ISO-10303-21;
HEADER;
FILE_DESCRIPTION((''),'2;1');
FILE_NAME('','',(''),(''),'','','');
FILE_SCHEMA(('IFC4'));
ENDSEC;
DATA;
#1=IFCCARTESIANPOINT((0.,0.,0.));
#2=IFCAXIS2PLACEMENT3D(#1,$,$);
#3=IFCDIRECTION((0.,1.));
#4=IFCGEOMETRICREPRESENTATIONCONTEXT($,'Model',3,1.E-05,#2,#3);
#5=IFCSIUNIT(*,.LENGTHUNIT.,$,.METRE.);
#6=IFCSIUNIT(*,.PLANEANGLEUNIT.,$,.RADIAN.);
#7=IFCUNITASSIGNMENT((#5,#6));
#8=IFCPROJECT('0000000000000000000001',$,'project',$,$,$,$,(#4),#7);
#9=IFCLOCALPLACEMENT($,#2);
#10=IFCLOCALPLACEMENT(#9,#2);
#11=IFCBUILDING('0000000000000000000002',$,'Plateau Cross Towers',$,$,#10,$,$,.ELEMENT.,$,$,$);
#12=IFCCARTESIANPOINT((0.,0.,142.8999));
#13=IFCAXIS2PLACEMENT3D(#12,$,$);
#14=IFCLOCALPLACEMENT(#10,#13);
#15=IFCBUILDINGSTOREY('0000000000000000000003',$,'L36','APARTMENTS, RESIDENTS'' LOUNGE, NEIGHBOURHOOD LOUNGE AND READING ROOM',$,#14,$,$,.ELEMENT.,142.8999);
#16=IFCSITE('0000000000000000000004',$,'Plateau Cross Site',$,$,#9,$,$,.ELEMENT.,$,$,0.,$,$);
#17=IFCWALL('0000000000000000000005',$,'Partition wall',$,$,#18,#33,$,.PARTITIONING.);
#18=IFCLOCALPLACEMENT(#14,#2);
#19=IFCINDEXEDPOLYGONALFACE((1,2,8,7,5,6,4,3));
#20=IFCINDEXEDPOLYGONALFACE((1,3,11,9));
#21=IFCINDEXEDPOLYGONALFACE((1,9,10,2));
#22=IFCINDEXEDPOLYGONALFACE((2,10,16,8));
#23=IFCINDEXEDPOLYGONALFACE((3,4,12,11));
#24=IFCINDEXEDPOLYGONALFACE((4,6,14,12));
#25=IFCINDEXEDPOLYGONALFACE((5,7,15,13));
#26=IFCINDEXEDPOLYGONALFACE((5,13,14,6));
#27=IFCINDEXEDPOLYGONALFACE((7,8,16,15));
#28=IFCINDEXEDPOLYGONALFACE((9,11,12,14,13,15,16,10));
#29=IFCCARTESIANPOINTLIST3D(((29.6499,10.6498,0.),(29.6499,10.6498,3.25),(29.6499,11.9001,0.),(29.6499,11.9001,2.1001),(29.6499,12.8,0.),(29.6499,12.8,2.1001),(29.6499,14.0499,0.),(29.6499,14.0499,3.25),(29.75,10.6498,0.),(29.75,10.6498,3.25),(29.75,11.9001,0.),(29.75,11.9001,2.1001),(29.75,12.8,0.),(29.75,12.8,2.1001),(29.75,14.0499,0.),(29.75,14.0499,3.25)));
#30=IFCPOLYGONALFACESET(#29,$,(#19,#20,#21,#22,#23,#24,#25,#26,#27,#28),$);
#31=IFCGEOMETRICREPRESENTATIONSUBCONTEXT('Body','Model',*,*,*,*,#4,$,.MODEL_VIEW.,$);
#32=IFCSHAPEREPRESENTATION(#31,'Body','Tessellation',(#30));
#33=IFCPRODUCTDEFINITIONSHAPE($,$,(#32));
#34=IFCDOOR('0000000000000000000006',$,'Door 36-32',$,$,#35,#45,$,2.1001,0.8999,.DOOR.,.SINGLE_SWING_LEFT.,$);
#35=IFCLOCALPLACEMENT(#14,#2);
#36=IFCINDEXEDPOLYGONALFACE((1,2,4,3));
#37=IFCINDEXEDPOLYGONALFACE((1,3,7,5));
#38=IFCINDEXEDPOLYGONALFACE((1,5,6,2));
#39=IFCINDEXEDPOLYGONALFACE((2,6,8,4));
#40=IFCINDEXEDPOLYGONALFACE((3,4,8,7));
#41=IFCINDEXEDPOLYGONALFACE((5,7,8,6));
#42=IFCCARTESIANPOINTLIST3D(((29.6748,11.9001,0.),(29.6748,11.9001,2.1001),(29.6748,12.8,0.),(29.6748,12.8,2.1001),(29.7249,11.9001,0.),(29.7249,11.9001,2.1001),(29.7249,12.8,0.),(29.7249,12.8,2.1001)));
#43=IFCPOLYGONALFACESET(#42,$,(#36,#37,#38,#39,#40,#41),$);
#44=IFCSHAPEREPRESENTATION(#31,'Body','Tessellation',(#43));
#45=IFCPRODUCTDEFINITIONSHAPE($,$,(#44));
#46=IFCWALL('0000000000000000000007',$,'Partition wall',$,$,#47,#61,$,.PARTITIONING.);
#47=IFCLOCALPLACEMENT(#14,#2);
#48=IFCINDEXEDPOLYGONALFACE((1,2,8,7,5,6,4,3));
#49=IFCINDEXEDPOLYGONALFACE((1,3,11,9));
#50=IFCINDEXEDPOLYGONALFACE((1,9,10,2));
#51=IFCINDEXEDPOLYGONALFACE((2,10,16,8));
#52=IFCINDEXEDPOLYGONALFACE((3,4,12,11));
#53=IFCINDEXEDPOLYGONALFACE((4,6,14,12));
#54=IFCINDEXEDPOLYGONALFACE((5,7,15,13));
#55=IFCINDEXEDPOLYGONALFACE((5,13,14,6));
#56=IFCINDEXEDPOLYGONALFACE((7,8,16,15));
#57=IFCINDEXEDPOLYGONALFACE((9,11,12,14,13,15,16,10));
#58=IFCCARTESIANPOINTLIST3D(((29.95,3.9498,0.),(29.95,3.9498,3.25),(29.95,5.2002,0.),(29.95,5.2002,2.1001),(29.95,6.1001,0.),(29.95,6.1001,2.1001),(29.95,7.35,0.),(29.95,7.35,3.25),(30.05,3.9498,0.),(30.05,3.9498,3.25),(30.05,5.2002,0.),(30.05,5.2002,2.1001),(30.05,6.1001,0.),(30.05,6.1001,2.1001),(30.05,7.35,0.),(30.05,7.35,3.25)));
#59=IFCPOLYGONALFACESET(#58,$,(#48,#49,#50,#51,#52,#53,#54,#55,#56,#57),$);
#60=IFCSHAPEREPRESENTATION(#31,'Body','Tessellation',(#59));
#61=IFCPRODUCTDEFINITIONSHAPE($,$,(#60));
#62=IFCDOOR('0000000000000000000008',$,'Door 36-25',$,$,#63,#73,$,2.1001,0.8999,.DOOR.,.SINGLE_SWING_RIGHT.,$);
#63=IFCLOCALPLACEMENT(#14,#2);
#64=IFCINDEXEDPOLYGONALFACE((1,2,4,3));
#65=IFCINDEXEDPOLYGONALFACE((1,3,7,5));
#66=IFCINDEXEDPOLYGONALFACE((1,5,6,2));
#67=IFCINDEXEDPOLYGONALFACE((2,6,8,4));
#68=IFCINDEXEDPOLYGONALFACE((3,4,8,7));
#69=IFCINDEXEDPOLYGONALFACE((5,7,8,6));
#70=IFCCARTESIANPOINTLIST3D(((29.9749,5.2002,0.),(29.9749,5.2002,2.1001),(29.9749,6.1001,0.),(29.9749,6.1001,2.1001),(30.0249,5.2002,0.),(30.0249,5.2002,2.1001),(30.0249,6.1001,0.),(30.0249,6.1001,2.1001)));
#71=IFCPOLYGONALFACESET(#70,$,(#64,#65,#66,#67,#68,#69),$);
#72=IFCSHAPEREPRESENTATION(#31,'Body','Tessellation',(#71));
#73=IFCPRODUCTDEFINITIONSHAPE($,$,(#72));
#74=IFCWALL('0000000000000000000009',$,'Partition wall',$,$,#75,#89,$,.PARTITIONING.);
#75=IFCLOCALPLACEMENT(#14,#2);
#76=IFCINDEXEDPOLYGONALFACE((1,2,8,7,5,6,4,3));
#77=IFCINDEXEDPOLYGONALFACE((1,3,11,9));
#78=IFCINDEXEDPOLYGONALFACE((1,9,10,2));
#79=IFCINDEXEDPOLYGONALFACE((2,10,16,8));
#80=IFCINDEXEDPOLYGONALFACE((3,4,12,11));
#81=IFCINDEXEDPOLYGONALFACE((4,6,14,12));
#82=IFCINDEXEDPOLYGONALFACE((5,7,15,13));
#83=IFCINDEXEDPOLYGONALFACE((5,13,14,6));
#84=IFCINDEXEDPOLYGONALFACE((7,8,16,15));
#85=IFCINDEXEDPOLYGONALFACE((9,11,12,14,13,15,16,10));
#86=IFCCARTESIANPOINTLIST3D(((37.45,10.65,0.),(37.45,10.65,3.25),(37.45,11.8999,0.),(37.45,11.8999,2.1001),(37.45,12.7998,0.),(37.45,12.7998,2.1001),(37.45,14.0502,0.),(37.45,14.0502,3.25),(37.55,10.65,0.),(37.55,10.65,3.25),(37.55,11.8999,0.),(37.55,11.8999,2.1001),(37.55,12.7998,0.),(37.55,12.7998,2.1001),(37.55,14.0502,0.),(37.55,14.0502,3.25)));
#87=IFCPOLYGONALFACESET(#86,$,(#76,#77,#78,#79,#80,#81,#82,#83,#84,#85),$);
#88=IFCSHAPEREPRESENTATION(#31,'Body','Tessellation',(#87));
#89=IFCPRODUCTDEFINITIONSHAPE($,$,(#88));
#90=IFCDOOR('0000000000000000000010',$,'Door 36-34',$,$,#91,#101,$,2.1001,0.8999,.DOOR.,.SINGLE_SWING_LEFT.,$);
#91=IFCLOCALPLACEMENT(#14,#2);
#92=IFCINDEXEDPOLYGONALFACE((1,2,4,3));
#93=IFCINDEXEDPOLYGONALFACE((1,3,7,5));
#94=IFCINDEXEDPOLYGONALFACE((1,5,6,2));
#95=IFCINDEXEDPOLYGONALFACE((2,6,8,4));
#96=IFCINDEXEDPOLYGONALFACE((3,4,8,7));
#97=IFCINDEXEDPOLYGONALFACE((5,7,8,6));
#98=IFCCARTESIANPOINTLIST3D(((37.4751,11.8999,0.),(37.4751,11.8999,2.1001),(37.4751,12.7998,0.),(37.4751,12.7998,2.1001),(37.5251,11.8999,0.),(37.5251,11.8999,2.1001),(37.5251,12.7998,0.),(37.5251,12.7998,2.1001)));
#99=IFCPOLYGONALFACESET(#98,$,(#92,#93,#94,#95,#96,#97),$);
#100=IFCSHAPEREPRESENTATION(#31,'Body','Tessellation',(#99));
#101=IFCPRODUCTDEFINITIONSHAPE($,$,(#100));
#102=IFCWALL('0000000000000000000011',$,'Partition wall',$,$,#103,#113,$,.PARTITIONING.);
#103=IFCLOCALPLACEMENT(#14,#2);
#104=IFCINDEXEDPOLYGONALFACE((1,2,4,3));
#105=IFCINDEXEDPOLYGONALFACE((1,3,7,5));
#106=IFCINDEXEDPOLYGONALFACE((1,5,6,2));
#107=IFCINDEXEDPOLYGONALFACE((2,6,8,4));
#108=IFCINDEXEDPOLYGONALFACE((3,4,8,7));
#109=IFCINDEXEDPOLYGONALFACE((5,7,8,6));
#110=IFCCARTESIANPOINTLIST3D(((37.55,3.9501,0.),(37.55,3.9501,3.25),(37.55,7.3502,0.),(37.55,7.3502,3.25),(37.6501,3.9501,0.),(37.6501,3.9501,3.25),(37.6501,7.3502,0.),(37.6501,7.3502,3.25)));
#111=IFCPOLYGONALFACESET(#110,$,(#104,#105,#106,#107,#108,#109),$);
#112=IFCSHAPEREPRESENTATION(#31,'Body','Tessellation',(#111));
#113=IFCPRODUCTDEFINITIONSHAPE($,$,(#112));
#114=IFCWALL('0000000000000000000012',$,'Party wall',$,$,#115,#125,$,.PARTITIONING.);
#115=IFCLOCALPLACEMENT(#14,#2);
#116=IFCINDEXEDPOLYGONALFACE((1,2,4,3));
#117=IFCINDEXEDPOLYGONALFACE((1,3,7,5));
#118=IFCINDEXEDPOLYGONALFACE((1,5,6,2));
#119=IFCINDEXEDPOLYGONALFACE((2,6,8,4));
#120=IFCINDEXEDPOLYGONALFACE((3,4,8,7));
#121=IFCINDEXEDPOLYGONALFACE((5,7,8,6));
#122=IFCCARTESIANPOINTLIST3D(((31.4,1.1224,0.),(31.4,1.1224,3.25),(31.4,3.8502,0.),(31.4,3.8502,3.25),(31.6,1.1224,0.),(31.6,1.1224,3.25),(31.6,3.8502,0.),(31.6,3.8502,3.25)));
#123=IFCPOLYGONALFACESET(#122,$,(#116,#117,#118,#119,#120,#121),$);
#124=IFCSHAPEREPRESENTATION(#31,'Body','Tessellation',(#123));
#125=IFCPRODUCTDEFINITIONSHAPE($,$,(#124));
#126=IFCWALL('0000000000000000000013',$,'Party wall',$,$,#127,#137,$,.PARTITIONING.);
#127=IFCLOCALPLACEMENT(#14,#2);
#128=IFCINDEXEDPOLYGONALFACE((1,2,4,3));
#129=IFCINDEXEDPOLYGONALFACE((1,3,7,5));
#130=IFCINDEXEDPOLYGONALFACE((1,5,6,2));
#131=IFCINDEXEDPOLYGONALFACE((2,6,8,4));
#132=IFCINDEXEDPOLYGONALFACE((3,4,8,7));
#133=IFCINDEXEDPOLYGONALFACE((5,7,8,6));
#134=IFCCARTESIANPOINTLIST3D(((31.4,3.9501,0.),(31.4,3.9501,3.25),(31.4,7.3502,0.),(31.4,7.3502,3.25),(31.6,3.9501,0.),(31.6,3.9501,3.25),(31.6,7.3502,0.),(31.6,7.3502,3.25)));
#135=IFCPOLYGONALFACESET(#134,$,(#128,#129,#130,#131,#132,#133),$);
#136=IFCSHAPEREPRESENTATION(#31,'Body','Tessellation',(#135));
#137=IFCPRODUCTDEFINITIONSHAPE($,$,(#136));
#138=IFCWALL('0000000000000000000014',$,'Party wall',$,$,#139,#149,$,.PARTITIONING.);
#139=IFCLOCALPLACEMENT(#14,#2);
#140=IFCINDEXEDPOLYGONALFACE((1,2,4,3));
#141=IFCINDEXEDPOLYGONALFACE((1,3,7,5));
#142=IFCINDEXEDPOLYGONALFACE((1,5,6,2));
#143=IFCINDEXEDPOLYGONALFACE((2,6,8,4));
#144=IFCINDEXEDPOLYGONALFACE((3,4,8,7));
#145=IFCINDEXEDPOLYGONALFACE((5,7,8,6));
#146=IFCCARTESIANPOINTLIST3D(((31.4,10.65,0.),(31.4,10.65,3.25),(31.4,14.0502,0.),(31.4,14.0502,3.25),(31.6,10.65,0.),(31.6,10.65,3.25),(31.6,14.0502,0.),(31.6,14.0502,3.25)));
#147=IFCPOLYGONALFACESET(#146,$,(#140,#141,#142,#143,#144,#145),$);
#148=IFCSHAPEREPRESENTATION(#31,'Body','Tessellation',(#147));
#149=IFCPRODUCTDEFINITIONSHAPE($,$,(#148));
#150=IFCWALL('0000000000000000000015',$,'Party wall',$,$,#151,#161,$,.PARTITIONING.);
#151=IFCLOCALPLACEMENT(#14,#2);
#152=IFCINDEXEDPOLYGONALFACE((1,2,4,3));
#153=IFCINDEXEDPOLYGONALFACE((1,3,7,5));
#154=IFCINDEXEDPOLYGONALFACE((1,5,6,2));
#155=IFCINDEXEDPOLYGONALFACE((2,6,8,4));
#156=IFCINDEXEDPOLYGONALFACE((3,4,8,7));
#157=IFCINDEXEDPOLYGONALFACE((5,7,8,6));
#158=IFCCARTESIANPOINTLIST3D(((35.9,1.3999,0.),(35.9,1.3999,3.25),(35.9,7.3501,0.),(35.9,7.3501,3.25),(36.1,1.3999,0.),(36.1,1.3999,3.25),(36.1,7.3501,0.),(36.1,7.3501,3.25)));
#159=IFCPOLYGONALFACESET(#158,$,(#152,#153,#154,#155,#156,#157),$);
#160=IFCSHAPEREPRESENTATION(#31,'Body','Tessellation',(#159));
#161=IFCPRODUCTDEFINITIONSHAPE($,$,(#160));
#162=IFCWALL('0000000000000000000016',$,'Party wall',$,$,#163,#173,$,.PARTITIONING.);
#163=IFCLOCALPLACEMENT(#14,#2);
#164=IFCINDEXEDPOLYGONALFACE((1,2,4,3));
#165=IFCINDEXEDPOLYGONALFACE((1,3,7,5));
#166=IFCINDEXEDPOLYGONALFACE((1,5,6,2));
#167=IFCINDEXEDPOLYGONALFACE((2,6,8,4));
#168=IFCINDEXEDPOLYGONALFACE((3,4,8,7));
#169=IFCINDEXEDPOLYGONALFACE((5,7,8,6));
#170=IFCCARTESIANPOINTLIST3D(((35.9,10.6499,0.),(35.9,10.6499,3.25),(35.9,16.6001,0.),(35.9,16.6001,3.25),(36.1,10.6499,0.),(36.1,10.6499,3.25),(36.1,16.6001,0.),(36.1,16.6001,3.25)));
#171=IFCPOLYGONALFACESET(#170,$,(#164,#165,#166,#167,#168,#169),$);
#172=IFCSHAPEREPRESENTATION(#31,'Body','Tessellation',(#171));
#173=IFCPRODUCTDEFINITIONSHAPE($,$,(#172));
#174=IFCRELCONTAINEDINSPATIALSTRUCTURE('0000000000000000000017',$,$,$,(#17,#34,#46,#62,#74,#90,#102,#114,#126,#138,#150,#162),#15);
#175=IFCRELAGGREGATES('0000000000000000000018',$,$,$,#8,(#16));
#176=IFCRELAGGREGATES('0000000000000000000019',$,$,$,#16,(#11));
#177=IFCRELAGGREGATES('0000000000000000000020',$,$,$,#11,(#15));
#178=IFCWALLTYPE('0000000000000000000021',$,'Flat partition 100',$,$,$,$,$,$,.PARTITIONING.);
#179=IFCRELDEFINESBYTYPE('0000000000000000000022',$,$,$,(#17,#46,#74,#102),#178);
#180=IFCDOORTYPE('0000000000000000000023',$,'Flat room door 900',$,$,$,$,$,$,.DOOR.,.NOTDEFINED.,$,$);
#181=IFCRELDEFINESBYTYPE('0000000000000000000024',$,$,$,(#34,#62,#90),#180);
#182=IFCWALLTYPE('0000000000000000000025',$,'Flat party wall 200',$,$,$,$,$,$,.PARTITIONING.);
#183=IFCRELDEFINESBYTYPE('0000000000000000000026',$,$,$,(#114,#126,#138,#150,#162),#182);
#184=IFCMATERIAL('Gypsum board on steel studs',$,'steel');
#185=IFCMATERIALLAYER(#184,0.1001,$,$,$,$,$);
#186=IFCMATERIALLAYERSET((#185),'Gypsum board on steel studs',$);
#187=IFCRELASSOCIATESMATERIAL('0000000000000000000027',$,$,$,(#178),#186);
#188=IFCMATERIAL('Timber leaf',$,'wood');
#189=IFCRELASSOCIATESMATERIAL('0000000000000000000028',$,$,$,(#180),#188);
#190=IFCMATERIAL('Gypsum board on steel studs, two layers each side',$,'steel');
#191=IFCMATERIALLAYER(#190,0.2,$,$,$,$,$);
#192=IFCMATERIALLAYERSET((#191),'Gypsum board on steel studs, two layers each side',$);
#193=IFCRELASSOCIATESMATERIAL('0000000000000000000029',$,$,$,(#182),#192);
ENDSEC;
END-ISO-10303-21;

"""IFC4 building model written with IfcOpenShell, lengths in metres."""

from ifc_helpers import new_model, si_unit, direction, frame, frame_2d, origin, place, context, subcontext, project, spatial, rectangle, extrude, material, layer, layer_set, type_object, element, fill, save


model = new_model("IFC4")

# Units and contexts
model_context = context("Model", 3, precision=1e-05, world=origin(), true_north=direction((0.0, 1.0)))
body_context = subcontext(model_context, "Body", "Model", "MODEL_VIEW")
ifc_project = project(units=[si_unit("LENGTHUNIT", "METRE"), si_unit("PLANEANGLEUNIT", "RADIAN")], contexts=[model_context])

# Site, building, storey
site_placement = place(None, origin())
site = spatial("IfcSite", under=ifc_project, at=site_placement, Name="Plateau Cross Site", CompositionType="ELEMENT", RefElevation=0.0)
building_placement = place(site_placement, origin())
building = spatial("IfcBuilding", under=site, at=building_placement, Name="Plateau Cross Towers", CompositionType="ELEMENT")
storey_placement = place(building_placement, frame((0.0, 0.0, 142.8999)))
storey = spatial("IfcBuildingStorey", under=building, at=storey_placement, Name="L36", Description="APARTMENTS, RESIDENTS' LOUNGE, NEIGHBOURHOOD LOUNGE AND READING ROOM", CompositionType="ELEMENT", Elevation=142.8999)

# Shared definitions
ifc_material_1 = material(Name="Gypsum board on steel studs", Category="steel")
ifc_layer_1 = layer(ifc_material_1, 0.1001)
ifc_layer_set_1 = layer_set([ifc_layer_1], Name="Gypsum board on steel studs")
wall_type_1 = type_object("IfcWallType", Name="Flat partition 100", PredefinedType="PARTITIONING", material=ifc_layer_set_1)

# Shared definitions
ifc_material_2 = material(Name="Timber leaf", Category="wood")
door_type_1 = type_object("IfcDoorType", Name="Flat room door 900", OperationType="NOTDEFINED", PredefinedType="DOOR", material=ifc_material_2)

# Walls, openings, doors
wall_1_placement = place(storey_placement, frame((29.7, 14.05, 0.0), z_axis=(0.0, 0.0, 1.0), x_axis=(0.0, -1.0, 0.0)))
wall_1 = element("IfcWall", 1, at=wall_1_placement, inside=storey, type_object=wall_type_1, Name="Partition wall", PredefinedType="PARTITIONING", context=body_context, shape_type="SweptSolid", body=[
    extrude(rectangle(XDim=3.4001, YDim=0.1001, at=frame_2d((1.7002, 0.0))), origin(), (0.0, 0.0, 1.0), 3.25),
])
opening_1_placement = place(wall_1_placement, frame((1.25, 0.0, 0.0)))
opening_1 = element("IfcOpeningElement", 2, at=opening_1_placement, cuts=wall_1, PredefinedType="OPENING", context=body_context, shape_type="SweptSolid", body=[
    extrude(rectangle(XDim=0.8999, YDim=2.1001, at=frame_2d((0.45, 1.05))), frame((0.0, 0.0601, 0.0), z_axis=(0.0, -1.0, 0.0), x_axis=(1.0, 0.0, 0.0)), (0.0, 0.0, 1.0), 0.1201),
])
door_1_placement = place(opening_1_placement, origin())
door_1 = element("IfcDoor", 3, at=door_1_placement, inside=storey, type_object=door_type_1, Name="Door 36-32", OperationType="SINGLE_SWING_LEFT", OverallHeight=2.1001, OverallWidth=0.8999, PredefinedType="DOOR", context=body_context, shape_type="SweptSolid", body=[
    extrude(rectangle(XDim=0.8999, YDim=2.1001, at=frame_2d((0.45, 1.05))), frame((0.0, 0.0249, 0.0), z_axis=(0.0, -1.0, 0.0), x_axis=(1.0, 0.0, 0.0)), (0.0, 0.0, 1.0), 0.05),
])
fill(opening_1, door_1)
wall_2_placement = place(storey_placement, frame((30.0, 7.3501, 0.0), z_axis=(0.0, 0.0, 1.0), x_axis=(0.0, -1.0, 0.0)))
wall_2 = element("IfcWall", 4, at=wall_2_placement, inside=storey, type_object=wall_type_1, Name="Partition wall", PredefinedType="PARTITIONING", context=body_context, shape_type="SweptSolid", body=[
    extrude(rectangle(XDim=3.4001, YDim=0.1001, at=frame_2d((1.7002, 0.0))), origin(), (0.0, 0.0, 1.0), 3.25),
])
opening_2_placement = place(wall_2_placement, frame((1.25, 0.0, 0.0)))
opening_2 = element("IfcOpeningElement", 5, at=opening_2_placement, cuts=wall_2, PredefinedType="OPENING", context=body_context, shape_type="SweptSolid", body=[
    extrude(rectangle(XDim=0.8999, YDim=2.1001, at=frame_2d((0.45, 1.05))), frame((0.0, 0.0601, 0.0), z_axis=(0.0, -1.0, 0.0), x_axis=(1.0, 0.0, 0.0)), (0.0, 0.0, 1.0), 0.1201),
])
door_2_placement = place(opening_2_placement, origin())
door_2 = element("IfcDoor", 6, at=door_2_placement, inside=storey, type_object=door_type_1, Name="Door 36-25", OperationType="SINGLE_SWING_RIGHT", OverallHeight=2.1001, OverallWidth=0.8999, PredefinedType="DOOR", context=body_context, shape_type="SweptSolid", body=[
    extrude(rectangle(XDim=0.8999, YDim=2.1001, at=frame_2d((0.45, 1.05))), frame((0.0, 0.0249, 0.0), z_axis=(0.0, -1.0, 0.0), x_axis=(1.0, 0.0, 0.0)), (0.0, 0.0, 1.0), 0.05),
])
fill(opening_2, door_2)
wall_3_placement = place(storey_placement, frame((37.5, 10.6499, 0.0), z_axis=(0.0, 0.0, 1.0), x_axis=(0.0, 1.0, 0.0)))
wall_3 = element("IfcWall", 7, at=wall_3_placement, inside=storey, type_object=wall_type_1, Name="Partition wall", PredefinedType="PARTITIONING", context=body_context, shape_type="SweptSolid", body=[
    extrude(rectangle(XDim=3.4001, YDim=0.1001, at=frame_2d((1.7002, 0.0))), origin(), (0.0, 0.0, 1.0), 3.25),
])
opening_3_placement = place(wall_3_placement, frame((1.25, 0.0, 0.0)))
opening_3 = element("IfcOpeningElement", 8, at=opening_3_placement, cuts=wall_3, PredefinedType="OPENING", context=body_context, shape_type="SweptSolid", body=[
    extrude(rectangle(XDim=0.8999, YDim=2.1001, at=frame_2d((0.45, 1.05))), frame((0.0, 0.0601, 0.0), z_axis=(0.0, -1.0, 0.0), x_axis=(1.0, 0.0, 0.0)), (0.0, 0.0, 1.0), 0.1201),
])
door_3_placement = place(opening_3_placement, origin())
door_3 = element("IfcDoor", 9, at=door_3_placement, inside=storey, type_object=door_type_1, Name="Door 36-34", OperationType="SINGLE_SWING_LEFT", OverallHeight=2.1001, OverallWidth=0.8999, PredefinedType="DOOR", context=body_context, shape_type="SweptSolid", body=[
    extrude(rectangle(XDim=0.8999, YDim=2.1001, at=frame_2d((0.45, 1.05))), frame((0.0, 0.0249, 0.0), z_axis=(0.0, -1.0, 0.0), x_axis=(1.0, 0.0, 0.0)), (0.0, 0.0, 1.0), 0.05),
])
fill(opening_3, door_3)

# Walls
wall_4_placement = place(storey_placement, frame((37.6001, 3.95, 0.0), z_axis=(0.0, 0.0, 1.0), x_axis=(0.0, 1.0, 0.0)))
element("IfcWall", 10, at=wall_4_placement, inside=storey, type_object=wall_type_1, Name="Partition wall", PredefinedType="PARTITIONING", context=body_context, shape_type="SweptSolid", body=[
    extrude(rectangle(XDim=3.4001, YDim=0.1001, at=frame_2d((1.7002, 0.0))), origin(), (0.0, 0.0, 1.0), 3.25),
])
ifc_material_3 = material(Name="Gypsum board on steel studs, two layers each side", Category="steel")
ifc_layer_2 = layer(ifc_material_3, 0.2)
ifc_layer_set_2 = layer_set([ifc_layer_2], Name="Gypsum board on steel studs, two layers each side")
wall_type_2 = type_object("IfcWallType", Name="Flat party wall 200", PredefinedType="PARTITIONING", material=ifc_layer_set_2)
wall_5_placement = place(storey_placement, frame((31.5, 3.8501, 0.0), z_axis=(0.0, 0.0, 1.0), x_axis=(0.0, -1.0, 0.0)))
element("IfcWall", 11, at=wall_5_placement, inside=storey, type_object=wall_type_2, Name="Party wall", PredefinedType="PARTITIONING", context=body_context, shape_type="SweptSolid", body=[
    extrude(rectangle(XDim=2.7278, YDim=0.2, at=frame_2d((1.3638, 0.0))), origin(), (0.0, 0.0, 1.0), 3.25),
])
for number, where, z_axis, x_axis, name in (
    (12, (31.5, 3.95, 0.0), (0.0, 0.0, 1.0), (0.0, 1.0, 0.0), "Party wall"),
    (13, (31.5, 10.6499, 0.0), (0.0, 0.0, 1.0), (0.0, 1.0, 0.0), "Party wall"),
):
    element("IfcWall", number, at=place(storey_placement, frame(where, z_axis=z_axis, x_axis=x_axis)), inside=storey, type_object=wall_type_2, Name=name, PredefinedType="PARTITIONING", context=body_context, shape_type="SweptSolid", body=[
        extrude(rectangle(XDim=3.4001, YDim=0.2, at=frame_2d((1.7002, 0.0))), origin(), (0.0, 0.0, 1.0), 3.25),
    ])
for number, where, z_axis, x_axis, name in (
    (14, (36.0, 1.3999, 0.0), (0.0, 0.0, 1.0), (0.0, 1.0, 0.0), "Party wall"),
    (15, (36.0, 10.6499, 0.0), (0.0, 0.0, 1.0), (0.0, 1.0, 0.0), "Party wall"),
):
    element("IfcWall", number, at=place(storey_placement, frame(where, z_axis=z_axis, x_axis=x_axis)), inside=storey, type_object=wall_type_2, Name=name, PredefinedType="PARTITIONING", context=body_context, shape_type="SweptSolid", body=[
        extrude(rectangle(XDim=5.9502, YDim=0.2, at=frame_2d((2.9751, 0.0))), origin(), (0.0, 0.0, 1.0), 3.25),
    ])

save(model, "model.ifc")
